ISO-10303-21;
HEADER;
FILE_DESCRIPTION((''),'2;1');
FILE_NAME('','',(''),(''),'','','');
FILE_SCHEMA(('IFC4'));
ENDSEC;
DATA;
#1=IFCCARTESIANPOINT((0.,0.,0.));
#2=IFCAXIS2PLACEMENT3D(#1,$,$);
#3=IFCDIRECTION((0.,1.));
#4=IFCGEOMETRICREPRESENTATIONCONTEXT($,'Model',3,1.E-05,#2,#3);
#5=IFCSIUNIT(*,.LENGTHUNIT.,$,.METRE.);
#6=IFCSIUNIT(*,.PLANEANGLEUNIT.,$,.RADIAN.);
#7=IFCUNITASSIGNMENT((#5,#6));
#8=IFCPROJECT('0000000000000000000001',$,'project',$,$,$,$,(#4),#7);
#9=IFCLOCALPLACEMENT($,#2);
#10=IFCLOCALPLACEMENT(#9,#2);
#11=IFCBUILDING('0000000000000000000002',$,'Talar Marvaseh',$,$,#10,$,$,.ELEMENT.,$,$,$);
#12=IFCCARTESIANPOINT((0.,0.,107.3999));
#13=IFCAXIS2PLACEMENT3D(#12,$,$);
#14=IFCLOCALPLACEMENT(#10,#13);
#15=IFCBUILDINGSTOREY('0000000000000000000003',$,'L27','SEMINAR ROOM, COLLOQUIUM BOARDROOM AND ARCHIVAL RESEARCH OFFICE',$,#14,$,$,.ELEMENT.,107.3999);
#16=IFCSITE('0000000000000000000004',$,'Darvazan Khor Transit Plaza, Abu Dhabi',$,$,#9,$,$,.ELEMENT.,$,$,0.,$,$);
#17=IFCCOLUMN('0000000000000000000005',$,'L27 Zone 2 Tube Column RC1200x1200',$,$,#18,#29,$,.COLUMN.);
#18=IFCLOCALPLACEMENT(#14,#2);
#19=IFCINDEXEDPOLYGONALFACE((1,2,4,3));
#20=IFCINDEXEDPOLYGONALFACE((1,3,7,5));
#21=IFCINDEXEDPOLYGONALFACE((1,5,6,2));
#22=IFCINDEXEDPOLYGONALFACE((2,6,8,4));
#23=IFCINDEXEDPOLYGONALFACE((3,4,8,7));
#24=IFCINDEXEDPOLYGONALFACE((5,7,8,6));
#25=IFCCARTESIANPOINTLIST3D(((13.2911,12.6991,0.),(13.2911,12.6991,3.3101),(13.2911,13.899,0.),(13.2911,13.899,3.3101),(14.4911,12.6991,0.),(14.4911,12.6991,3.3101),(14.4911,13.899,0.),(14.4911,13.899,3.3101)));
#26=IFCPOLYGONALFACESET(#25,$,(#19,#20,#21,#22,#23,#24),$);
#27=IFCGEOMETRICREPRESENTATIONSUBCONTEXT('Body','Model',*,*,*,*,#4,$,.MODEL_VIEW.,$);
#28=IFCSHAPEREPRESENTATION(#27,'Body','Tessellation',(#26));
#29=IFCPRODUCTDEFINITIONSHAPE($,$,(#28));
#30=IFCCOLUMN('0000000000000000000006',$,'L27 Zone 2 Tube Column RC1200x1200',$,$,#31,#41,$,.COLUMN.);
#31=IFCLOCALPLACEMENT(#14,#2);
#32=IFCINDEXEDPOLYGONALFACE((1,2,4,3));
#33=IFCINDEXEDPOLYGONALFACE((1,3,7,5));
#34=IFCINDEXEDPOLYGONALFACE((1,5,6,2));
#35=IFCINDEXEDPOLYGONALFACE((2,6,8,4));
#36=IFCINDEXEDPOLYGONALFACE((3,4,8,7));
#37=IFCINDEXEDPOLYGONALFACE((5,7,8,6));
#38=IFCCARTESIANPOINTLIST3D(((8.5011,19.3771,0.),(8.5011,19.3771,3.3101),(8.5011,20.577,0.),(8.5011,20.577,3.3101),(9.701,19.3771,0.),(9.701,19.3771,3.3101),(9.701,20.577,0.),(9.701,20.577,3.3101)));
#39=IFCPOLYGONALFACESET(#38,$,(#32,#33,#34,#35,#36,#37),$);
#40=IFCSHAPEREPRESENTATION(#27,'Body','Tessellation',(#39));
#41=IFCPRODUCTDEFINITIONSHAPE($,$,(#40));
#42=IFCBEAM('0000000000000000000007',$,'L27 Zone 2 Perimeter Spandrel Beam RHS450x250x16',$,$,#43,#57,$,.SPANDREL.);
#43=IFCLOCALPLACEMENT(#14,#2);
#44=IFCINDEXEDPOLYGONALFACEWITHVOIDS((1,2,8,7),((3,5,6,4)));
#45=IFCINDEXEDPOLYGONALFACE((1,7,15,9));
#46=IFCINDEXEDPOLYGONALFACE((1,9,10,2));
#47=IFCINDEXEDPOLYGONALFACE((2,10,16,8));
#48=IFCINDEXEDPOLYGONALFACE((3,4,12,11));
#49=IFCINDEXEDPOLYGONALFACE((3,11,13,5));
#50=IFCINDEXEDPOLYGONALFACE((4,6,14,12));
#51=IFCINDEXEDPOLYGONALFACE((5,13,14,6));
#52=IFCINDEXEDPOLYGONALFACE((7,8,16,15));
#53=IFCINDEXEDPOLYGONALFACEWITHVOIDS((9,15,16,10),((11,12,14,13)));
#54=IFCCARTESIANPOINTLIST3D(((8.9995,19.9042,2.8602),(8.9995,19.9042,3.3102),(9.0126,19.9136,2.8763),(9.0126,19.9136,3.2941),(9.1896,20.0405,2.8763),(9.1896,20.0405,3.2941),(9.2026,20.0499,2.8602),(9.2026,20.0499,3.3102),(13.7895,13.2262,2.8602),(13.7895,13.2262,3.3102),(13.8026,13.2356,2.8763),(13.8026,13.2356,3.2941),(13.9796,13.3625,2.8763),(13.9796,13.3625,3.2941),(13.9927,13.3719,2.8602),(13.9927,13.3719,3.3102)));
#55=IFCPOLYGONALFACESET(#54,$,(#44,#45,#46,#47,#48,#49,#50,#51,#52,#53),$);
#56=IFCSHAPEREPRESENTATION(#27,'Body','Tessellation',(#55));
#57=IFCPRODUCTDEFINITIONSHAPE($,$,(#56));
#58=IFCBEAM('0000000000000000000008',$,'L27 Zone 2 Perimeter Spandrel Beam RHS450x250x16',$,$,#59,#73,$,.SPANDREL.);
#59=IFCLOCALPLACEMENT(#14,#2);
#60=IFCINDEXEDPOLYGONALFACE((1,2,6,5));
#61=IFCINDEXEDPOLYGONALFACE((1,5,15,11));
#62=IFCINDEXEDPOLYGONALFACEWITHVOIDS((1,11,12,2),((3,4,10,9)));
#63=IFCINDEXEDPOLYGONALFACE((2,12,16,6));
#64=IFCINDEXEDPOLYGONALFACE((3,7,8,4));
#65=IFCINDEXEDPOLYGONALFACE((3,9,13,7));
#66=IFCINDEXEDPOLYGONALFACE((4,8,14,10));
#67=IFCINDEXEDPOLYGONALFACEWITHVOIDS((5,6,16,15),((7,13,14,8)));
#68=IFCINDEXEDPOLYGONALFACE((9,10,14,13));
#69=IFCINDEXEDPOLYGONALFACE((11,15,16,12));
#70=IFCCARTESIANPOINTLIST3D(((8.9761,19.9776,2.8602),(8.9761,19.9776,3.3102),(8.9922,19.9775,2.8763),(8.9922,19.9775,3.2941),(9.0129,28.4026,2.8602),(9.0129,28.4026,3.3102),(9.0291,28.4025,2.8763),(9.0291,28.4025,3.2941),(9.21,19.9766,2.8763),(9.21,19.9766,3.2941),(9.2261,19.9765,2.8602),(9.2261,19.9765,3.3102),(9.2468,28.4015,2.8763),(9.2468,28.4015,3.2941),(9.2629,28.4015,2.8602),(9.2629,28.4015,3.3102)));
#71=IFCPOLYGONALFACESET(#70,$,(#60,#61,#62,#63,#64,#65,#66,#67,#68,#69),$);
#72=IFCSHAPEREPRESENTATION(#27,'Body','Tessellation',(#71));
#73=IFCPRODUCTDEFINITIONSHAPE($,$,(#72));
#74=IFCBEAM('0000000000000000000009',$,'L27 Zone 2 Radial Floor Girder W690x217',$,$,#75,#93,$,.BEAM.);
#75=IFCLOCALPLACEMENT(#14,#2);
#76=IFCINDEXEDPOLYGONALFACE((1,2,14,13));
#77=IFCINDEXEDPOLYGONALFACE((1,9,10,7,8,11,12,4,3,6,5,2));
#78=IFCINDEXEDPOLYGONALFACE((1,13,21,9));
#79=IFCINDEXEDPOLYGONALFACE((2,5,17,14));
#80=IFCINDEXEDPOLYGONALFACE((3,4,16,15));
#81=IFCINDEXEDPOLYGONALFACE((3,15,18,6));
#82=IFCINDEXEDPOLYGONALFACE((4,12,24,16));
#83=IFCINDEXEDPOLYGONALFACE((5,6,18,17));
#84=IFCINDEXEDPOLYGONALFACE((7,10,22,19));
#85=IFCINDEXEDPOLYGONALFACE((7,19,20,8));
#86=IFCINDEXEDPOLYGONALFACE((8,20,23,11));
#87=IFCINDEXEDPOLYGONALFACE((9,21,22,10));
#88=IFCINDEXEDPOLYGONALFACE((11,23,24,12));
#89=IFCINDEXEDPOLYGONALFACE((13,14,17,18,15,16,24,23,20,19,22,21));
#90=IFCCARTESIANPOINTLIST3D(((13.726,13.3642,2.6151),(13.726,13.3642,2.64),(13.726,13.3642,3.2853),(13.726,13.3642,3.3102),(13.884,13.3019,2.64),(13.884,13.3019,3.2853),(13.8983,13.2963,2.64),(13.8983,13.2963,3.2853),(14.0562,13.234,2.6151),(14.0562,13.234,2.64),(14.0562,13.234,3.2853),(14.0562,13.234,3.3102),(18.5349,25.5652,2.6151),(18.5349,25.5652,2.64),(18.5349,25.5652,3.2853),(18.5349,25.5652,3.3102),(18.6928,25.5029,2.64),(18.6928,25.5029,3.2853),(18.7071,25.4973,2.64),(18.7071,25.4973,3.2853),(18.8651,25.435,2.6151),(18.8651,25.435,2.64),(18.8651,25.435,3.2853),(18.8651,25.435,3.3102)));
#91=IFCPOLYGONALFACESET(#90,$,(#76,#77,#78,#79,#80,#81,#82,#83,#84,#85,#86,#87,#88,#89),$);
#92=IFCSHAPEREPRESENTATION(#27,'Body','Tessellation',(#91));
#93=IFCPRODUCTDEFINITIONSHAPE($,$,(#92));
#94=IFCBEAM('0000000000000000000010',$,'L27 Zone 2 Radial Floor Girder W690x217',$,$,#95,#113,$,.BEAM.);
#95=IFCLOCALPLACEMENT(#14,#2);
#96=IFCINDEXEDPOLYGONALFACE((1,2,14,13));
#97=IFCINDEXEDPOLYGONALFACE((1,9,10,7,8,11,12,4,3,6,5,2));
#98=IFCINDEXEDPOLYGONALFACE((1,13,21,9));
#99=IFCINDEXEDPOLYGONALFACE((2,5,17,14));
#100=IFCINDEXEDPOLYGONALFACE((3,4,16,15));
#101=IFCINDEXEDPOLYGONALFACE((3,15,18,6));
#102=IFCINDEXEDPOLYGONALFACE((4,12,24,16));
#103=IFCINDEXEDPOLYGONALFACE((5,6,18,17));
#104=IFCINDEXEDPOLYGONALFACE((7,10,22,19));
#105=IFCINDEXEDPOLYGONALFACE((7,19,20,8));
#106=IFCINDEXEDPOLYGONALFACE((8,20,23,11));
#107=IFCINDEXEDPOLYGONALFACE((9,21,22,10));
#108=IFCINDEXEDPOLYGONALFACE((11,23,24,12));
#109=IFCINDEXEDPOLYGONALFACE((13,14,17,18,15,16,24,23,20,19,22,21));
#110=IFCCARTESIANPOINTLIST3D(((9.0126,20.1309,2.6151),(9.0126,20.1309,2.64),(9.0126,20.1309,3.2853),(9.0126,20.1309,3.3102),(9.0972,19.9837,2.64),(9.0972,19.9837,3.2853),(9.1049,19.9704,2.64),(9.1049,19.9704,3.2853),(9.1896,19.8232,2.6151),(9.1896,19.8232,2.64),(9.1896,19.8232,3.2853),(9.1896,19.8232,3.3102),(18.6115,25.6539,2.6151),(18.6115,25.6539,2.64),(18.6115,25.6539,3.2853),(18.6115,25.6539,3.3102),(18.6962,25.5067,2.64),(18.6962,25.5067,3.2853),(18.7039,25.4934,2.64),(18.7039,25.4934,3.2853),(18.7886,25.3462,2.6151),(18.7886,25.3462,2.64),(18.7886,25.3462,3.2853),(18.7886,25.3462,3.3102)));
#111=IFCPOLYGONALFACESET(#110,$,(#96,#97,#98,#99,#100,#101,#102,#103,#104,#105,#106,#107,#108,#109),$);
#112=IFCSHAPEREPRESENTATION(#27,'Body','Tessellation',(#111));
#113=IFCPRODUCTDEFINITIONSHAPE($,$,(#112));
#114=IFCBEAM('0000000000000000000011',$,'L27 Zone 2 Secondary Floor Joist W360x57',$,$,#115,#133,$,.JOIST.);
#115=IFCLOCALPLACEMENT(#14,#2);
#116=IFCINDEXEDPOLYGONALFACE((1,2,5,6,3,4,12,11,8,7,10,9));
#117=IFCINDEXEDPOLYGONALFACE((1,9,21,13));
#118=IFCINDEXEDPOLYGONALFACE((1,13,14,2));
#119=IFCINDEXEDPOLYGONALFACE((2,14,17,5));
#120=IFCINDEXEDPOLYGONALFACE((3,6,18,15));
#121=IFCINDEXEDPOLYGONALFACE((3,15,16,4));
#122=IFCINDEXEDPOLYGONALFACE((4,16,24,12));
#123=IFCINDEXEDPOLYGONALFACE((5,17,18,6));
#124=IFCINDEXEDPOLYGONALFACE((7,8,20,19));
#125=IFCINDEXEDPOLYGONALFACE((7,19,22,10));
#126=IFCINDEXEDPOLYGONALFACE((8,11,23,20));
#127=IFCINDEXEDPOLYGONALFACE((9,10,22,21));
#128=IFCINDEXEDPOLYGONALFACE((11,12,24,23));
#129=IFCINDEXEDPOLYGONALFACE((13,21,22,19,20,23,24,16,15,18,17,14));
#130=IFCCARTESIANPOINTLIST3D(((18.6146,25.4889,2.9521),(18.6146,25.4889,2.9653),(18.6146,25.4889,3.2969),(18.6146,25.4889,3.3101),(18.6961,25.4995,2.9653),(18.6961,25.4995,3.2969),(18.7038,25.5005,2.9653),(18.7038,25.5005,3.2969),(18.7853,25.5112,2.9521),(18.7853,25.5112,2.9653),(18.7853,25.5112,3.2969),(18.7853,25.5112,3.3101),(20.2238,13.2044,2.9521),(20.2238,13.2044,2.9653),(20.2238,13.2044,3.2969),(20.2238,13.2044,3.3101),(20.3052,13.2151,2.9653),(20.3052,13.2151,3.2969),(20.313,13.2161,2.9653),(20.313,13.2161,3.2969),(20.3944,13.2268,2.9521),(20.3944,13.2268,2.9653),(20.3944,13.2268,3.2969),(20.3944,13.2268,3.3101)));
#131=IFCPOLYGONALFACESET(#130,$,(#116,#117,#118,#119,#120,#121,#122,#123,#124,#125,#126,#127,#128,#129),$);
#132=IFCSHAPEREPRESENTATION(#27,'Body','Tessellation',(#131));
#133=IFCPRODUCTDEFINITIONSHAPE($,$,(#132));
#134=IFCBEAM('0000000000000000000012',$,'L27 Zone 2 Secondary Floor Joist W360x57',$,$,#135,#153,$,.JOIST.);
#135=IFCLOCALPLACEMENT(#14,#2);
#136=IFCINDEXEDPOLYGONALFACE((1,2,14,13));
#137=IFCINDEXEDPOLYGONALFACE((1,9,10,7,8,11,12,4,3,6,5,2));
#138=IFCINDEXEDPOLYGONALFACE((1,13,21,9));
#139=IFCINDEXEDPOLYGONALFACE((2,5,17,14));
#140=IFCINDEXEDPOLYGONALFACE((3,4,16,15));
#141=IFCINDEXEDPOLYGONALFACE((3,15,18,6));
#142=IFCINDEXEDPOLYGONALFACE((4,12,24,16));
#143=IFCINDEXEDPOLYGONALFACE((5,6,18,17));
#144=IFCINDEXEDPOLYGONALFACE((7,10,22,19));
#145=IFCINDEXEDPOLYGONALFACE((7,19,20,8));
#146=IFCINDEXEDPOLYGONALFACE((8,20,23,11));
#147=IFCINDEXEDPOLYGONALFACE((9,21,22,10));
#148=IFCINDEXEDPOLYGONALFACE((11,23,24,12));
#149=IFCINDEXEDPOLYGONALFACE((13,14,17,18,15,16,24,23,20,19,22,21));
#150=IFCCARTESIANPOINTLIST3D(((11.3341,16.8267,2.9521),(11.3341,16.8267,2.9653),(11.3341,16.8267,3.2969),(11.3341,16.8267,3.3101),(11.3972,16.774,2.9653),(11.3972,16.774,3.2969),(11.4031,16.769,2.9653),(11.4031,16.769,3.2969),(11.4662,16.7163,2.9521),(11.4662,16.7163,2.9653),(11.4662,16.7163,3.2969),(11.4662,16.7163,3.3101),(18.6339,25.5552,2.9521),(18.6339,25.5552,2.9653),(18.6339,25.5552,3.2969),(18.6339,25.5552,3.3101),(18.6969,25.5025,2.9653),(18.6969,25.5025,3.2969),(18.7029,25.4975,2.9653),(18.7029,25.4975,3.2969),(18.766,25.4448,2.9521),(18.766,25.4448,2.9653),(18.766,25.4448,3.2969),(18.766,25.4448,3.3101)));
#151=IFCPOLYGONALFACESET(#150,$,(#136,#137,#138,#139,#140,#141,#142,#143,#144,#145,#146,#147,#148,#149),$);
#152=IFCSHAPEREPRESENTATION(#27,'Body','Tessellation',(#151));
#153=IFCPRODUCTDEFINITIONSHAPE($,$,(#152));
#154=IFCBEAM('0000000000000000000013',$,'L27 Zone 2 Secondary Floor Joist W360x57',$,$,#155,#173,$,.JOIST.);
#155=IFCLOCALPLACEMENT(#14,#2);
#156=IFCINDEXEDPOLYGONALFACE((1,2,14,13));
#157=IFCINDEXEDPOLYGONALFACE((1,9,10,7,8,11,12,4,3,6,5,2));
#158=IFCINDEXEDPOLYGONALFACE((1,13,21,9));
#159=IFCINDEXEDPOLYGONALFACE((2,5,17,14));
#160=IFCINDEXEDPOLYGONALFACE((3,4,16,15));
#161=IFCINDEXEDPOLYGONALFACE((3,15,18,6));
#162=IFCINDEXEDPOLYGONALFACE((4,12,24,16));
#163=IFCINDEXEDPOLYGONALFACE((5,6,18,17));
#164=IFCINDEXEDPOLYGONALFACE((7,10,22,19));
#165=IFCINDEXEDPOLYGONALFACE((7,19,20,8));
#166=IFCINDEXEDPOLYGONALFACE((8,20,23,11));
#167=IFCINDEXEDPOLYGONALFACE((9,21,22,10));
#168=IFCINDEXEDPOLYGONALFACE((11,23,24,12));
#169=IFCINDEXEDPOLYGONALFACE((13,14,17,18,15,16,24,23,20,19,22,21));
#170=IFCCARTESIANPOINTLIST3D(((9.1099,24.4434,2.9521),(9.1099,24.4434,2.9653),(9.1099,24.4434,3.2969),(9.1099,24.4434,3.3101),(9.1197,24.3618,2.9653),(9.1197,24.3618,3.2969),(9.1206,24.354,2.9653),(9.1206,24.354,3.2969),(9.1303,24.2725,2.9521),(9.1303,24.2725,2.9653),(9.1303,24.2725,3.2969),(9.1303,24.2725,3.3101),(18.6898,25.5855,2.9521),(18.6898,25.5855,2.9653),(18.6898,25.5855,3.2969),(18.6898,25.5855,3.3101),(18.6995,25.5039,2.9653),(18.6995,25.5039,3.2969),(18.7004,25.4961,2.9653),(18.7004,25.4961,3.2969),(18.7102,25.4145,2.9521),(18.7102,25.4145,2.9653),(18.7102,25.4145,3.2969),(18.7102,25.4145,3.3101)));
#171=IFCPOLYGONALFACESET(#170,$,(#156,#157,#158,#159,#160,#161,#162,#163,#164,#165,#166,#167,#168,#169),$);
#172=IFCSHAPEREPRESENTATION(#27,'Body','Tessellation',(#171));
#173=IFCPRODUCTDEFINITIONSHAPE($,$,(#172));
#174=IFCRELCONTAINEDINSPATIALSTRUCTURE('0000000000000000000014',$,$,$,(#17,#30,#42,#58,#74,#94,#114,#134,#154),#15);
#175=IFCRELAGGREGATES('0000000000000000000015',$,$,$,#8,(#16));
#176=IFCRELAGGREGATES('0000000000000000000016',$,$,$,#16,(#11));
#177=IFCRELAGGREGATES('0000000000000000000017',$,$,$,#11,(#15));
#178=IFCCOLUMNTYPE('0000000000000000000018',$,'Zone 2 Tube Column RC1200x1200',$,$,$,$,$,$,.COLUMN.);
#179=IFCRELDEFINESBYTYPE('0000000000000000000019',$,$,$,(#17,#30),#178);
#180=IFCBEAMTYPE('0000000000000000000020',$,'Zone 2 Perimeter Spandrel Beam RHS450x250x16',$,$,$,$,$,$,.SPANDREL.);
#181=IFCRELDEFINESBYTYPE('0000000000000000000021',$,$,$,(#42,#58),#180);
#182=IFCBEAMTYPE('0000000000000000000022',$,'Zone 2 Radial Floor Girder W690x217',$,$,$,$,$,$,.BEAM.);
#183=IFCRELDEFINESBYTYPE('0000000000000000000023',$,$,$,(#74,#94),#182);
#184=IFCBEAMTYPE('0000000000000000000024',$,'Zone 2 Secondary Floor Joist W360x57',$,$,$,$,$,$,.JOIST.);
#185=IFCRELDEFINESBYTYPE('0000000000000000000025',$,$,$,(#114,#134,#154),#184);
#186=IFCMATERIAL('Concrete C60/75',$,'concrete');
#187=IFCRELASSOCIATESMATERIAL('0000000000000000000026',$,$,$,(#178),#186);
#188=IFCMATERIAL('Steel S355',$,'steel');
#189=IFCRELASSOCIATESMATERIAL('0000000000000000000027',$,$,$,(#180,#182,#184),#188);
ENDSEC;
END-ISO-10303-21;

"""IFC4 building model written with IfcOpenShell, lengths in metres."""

from ifc_helpers import new_model, si_unit, direction, frame, origin, origin_2d, place, context, subcontext, project, spatial, rectangle, hollow_rectangle, i_section, extrude, material, material_profile, profile_set, type_object, element, save


model = new_model("IFC4")

# Units and contexts
model_context = context("Model", 3, precision=1e-05, world=origin(), true_north=direction((0.0, 1.0)))
body_context = subcontext(model_context, "Body", "Model", "MODEL_VIEW")
ifc_project = project(units=[si_unit("LENGTHUNIT", "METRE"), si_unit("PLANEANGLEUNIT", "RADIAN")], contexts=[model_context])

# Site, building, storey
site_placement = place(None, origin())
site = spatial("IfcSite", under=ifc_project, at=site_placement, Name="Darvazan Khor Transit Plaza, Abu Dhabi", CompositionType="ELEMENT", RefElevation=0.0)
building_placement = place(site_placement, origin())
building = spatial("IfcBuilding", under=site, at=building_placement, Name="Talar Marvaseh", CompositionType="ELEMENT")
storey_placement = place(building_placement, frame((0.0, 0.0, 107.3999)))
storey = spatial("IfcBuildingStorey", under=building, at=storey_placement, Name="L27", Description="SEMINAR ROOM, COLLOQUIUM BOARDROOM AND ARCHIVAL RESEARCH OFFICE", CompositionType="ELEMENT", Elevation=107.3999)

# Columns
ifc_material_1 = material(Name="Concrete C60/75", Category="concrete")
ifc_material_profile_1 = material_profile(ifc_material_1, rectangle(XDim=1.2, YDim=1.2, at=origin_2d()), Name="RC1200x1200")
ifc_profile_set_1 = profile_set([ifc_material_profile_1], Name="Concrete C60/75")
column_type = type_object("IfcColumnType", Name="Zone 2 Tube Column RC1200x1200", PredefinedType="COLUMN", material=ifc_profile_set_1)
for number, where, z_axis, x_axis, name in (
    (1, (13.8911, 13.2991, 0.0), (0.0, 0.0, 1.0), (1.0, 0.0, 0.0), "L27 Zone 2 Tube Column RC1200x1200"),
    (2, (9.1011, 19.9771, 0.0), (0.0, 0.0, 1.0), (1.0, 0.0, 0.0), "L27 Zone 2 Tube Column RC1200x1200"),
):
    element("IfcColumn", number, at=place(storey_placement, frame(where, z_axis=z_axis, x_axis=x_axis)), inside=storey, type_object=column_type, Name=name, PredefinedType="COLUMN", context=body_context, shape_type="SweptSolid", body=[
        extrude(rectangle(XDim=1.2, YDim=1.2, at=origin_2d()), origin(), (0.0, 0.0, 1.0), 3.3101),
    ])

# Beams
ifc_material_2 = material(Name="Steel S355", Category="steel")
ifc_material_profile_2 = material_profile(ifc_material_2, hollow_rectangle(XDim=0.25, YDim=0.45, WallThickness=0.0161, at=origin_2d()), Name="RHS450x250x16")
ifc_profile_set_2 = profile_set([ifc_material_profile_2], Name="Steel S355")
beam_type_1 = type_object("IfcBeamType", Name="Zone 2 Perimeter Spandrel Beam RHS450x250x16", PredefinedType="SPANDREL", material=ifc_profile_set_2)
beam_1_placement = place(storey_placement, frame((13.8911, 13.2991, 3.0852), z_axis=(-0.582853, 0.812578, 0.0), x_axis=(-0.812578, -0.582853, 0.0)))
element("IfcBeam", 3, at=beam_1_placement, inside=storey, type_object=beam_type_1, Name="L27 Zone 2 Perimeter Spandrel Beam RHS450x250x16", PredefinedType="SPANDREL", context=body_context, shape_type="SweptSolid", body=[
    extrude(hollow_rectangle(XDim=0.25, YDim=0.45, WallThickness=0.0161, at=origin_2d()), origin(), (0.0, 0.0, 1.0), 8.2183),
])
beam_2_placement = place(storey_placement, frame((9.1011, 19.9771, 3.0852), z_axis=(0.004376, 0.99999, 0.0), x_axis=(-0.99999, 0.004376, 0.0)))
element("IfcBeam", 4, at=beam_2_placement, inside=storey, type_object=beam_type_1, Name="L27 Zone 2 Perimeter Spandrel Beam RHS450x250x16", PredefinedType="SPANDREL", context=body_context, shape_type="SweptSolid", body=[
    extrude(hollow_rectangle(XDim=0.25, YDim=0.45, WallThickness=0.0161, at=origin_2d()), origin(), (0.0, 0.0, 1.0), 8.425),
])
ifc_material_profile_3 = material_profile(ifc_material_2, i_section(OverallWidth=0.355, OverallDepth=0.6951, WebThickness=0.0154, FlangeThickness=0.0249, at=origin_2d()), Name="W690x217")
ifc_profile_set_3 = profile_set([ifc_material_profile_3], Name="Steel S355")
beam_type_2 = type_object("IfcBeamType", Name="Zone 2 Radial Floor Girder W690x217", PredefinedType="BEAM", material=ifc_profile_set_3)
beam_3_placement = place(storey_placement, frame((13.8911, 13.2991, 2.9626), z_axis=(0.366684, 0.930346, 0.0), x_axis=(-0.930346, 0.366684, 0.0)))
element("IfcBeam", 5, at=beam_3_placement, inside=storey, type_object=beam_type_2, Name="L27 Zone 2 Radial Floor Girder W690x217", PredefinedType="BEAM", context=body_context, shape_type="SweptSolid", body=[
    extrude(i_section(OverallWidth=0.355, OverallDepth=0.6951, WebThickness=0.0154, FlangeThickness=0.0249, at=origin_2d()), origin(), (0.0, 0.0, 1.0), 13.1145),
])
beam_4_placement = place(storey_placement, frame((9.1011, 19.9771, 2.9626), z_axis=(0.866766, 0.498715, 0.0), x_axis=(-0.498715, 0.866766, 0.0)))
element("IfcBeam", 6, at=beam_4_placement, inside=storey, type_object=beam_type_2, Name="L27 Zone 2 Radial Floor Girder W690x217", PredefinedType="BEAM", context=body_context, shape_type="SweptSolid", body=[
    extrude(i_section(OverallWidth=0.355, OverallDepth=0.6951, WebThickness=0.0154, FlangeThickness=0.0249, at=origin_2d()), origin(), (0.0, 0.0, 1.0), 11.0745),
])
ifc_material_profile_4 = material_profile(ifc_material_2, i_section(OverallWidth=0.1721, OverallDepth=0.3579, WebThickness=0.0078, FlangeThickness=0.0132, at=origin_2d()), Name="W360x57")
ifc_profile_set_4 = profile_set([ifc_material_profile_4], Name="Steel S355")
beam_type_3 = type_object("IfcBeamType", Name="Zone 2 Secondary Floor Joist W360x57", PredefinedType="JOIST", material=ifc_profile_set_4)
beam_5_placement = place(storey_placement, frame((20.3091, 13.2156, 3.1311), z_axis=(-0.12988, 0.99153, 0.0), x_axis=(-0.99153, -0.12988, 0.0)))
element("IfcBeam", 7, at=beam_5_placement, inside=storey, type_object=beam_type_3, Name="L27 Zone 2 Secondary Floor Joist W360x57", PredefinedType="JOIST", context=body_context, shape_type="SweptSolid", body=[
    extrude(i_section(OverallWidth=0.1721, OverallDepth=0.3579, WebThickness=0.0078, FlangeThickness=0.0132, at=origin_2d()), origin(), (0.0, 0.0, 1.0), 12.3894),
])
beam_6_placement = place(storey_placement, frame((11.4001, 16.7715, 3.1311), z_axis=(0.641534, 0.767095, 0.0), x_axis=(-0.767095, 0.641534, 0.0)))
element("IfcBeam", 8, at=beam_6_placement, inside=storey, type_object=beam_type_3, Name="L27 Zone 2 Secondary Floor Joist W360x57", PredefinedType="JOIST", context=body_context, shape_type="SweptSolid", body=[
    extrude(i_section(OverallWidth=0.1721, OverallDepth=0.3579, WebThickness=0.0078, FlangeThickness=0.0132, at=origin_2d()), origin(), (0.0, 0.0, 1.0), 11.3787),
])
beam_7_placement = place(storey_placement, frame((9.1201, 24.3579, 3.1311), z_axis=(0.992968, 0.11838, 0.0), x_axis=(-0.11838, 0.992968, 0.0)))
element("IfcBeam", 9, at=beam_7_placement, inside=storey, type_object=beam_type_3, Name="L27 Zone 2 Secondary Floor Joist W360x57", PredefinedType="JOIST", context=body_context, shape_type="SweptSolid", body=[
    extrude(i_section(OverallWidth=0.1721, OverallDepth=0.3579, WebThickness=0.0078, FlangeThickness=0.0132, at=origin_2d()), origin(), (0.0, 0.0, 1.0), 9.6477),
])

save(model, "model.ifc")
